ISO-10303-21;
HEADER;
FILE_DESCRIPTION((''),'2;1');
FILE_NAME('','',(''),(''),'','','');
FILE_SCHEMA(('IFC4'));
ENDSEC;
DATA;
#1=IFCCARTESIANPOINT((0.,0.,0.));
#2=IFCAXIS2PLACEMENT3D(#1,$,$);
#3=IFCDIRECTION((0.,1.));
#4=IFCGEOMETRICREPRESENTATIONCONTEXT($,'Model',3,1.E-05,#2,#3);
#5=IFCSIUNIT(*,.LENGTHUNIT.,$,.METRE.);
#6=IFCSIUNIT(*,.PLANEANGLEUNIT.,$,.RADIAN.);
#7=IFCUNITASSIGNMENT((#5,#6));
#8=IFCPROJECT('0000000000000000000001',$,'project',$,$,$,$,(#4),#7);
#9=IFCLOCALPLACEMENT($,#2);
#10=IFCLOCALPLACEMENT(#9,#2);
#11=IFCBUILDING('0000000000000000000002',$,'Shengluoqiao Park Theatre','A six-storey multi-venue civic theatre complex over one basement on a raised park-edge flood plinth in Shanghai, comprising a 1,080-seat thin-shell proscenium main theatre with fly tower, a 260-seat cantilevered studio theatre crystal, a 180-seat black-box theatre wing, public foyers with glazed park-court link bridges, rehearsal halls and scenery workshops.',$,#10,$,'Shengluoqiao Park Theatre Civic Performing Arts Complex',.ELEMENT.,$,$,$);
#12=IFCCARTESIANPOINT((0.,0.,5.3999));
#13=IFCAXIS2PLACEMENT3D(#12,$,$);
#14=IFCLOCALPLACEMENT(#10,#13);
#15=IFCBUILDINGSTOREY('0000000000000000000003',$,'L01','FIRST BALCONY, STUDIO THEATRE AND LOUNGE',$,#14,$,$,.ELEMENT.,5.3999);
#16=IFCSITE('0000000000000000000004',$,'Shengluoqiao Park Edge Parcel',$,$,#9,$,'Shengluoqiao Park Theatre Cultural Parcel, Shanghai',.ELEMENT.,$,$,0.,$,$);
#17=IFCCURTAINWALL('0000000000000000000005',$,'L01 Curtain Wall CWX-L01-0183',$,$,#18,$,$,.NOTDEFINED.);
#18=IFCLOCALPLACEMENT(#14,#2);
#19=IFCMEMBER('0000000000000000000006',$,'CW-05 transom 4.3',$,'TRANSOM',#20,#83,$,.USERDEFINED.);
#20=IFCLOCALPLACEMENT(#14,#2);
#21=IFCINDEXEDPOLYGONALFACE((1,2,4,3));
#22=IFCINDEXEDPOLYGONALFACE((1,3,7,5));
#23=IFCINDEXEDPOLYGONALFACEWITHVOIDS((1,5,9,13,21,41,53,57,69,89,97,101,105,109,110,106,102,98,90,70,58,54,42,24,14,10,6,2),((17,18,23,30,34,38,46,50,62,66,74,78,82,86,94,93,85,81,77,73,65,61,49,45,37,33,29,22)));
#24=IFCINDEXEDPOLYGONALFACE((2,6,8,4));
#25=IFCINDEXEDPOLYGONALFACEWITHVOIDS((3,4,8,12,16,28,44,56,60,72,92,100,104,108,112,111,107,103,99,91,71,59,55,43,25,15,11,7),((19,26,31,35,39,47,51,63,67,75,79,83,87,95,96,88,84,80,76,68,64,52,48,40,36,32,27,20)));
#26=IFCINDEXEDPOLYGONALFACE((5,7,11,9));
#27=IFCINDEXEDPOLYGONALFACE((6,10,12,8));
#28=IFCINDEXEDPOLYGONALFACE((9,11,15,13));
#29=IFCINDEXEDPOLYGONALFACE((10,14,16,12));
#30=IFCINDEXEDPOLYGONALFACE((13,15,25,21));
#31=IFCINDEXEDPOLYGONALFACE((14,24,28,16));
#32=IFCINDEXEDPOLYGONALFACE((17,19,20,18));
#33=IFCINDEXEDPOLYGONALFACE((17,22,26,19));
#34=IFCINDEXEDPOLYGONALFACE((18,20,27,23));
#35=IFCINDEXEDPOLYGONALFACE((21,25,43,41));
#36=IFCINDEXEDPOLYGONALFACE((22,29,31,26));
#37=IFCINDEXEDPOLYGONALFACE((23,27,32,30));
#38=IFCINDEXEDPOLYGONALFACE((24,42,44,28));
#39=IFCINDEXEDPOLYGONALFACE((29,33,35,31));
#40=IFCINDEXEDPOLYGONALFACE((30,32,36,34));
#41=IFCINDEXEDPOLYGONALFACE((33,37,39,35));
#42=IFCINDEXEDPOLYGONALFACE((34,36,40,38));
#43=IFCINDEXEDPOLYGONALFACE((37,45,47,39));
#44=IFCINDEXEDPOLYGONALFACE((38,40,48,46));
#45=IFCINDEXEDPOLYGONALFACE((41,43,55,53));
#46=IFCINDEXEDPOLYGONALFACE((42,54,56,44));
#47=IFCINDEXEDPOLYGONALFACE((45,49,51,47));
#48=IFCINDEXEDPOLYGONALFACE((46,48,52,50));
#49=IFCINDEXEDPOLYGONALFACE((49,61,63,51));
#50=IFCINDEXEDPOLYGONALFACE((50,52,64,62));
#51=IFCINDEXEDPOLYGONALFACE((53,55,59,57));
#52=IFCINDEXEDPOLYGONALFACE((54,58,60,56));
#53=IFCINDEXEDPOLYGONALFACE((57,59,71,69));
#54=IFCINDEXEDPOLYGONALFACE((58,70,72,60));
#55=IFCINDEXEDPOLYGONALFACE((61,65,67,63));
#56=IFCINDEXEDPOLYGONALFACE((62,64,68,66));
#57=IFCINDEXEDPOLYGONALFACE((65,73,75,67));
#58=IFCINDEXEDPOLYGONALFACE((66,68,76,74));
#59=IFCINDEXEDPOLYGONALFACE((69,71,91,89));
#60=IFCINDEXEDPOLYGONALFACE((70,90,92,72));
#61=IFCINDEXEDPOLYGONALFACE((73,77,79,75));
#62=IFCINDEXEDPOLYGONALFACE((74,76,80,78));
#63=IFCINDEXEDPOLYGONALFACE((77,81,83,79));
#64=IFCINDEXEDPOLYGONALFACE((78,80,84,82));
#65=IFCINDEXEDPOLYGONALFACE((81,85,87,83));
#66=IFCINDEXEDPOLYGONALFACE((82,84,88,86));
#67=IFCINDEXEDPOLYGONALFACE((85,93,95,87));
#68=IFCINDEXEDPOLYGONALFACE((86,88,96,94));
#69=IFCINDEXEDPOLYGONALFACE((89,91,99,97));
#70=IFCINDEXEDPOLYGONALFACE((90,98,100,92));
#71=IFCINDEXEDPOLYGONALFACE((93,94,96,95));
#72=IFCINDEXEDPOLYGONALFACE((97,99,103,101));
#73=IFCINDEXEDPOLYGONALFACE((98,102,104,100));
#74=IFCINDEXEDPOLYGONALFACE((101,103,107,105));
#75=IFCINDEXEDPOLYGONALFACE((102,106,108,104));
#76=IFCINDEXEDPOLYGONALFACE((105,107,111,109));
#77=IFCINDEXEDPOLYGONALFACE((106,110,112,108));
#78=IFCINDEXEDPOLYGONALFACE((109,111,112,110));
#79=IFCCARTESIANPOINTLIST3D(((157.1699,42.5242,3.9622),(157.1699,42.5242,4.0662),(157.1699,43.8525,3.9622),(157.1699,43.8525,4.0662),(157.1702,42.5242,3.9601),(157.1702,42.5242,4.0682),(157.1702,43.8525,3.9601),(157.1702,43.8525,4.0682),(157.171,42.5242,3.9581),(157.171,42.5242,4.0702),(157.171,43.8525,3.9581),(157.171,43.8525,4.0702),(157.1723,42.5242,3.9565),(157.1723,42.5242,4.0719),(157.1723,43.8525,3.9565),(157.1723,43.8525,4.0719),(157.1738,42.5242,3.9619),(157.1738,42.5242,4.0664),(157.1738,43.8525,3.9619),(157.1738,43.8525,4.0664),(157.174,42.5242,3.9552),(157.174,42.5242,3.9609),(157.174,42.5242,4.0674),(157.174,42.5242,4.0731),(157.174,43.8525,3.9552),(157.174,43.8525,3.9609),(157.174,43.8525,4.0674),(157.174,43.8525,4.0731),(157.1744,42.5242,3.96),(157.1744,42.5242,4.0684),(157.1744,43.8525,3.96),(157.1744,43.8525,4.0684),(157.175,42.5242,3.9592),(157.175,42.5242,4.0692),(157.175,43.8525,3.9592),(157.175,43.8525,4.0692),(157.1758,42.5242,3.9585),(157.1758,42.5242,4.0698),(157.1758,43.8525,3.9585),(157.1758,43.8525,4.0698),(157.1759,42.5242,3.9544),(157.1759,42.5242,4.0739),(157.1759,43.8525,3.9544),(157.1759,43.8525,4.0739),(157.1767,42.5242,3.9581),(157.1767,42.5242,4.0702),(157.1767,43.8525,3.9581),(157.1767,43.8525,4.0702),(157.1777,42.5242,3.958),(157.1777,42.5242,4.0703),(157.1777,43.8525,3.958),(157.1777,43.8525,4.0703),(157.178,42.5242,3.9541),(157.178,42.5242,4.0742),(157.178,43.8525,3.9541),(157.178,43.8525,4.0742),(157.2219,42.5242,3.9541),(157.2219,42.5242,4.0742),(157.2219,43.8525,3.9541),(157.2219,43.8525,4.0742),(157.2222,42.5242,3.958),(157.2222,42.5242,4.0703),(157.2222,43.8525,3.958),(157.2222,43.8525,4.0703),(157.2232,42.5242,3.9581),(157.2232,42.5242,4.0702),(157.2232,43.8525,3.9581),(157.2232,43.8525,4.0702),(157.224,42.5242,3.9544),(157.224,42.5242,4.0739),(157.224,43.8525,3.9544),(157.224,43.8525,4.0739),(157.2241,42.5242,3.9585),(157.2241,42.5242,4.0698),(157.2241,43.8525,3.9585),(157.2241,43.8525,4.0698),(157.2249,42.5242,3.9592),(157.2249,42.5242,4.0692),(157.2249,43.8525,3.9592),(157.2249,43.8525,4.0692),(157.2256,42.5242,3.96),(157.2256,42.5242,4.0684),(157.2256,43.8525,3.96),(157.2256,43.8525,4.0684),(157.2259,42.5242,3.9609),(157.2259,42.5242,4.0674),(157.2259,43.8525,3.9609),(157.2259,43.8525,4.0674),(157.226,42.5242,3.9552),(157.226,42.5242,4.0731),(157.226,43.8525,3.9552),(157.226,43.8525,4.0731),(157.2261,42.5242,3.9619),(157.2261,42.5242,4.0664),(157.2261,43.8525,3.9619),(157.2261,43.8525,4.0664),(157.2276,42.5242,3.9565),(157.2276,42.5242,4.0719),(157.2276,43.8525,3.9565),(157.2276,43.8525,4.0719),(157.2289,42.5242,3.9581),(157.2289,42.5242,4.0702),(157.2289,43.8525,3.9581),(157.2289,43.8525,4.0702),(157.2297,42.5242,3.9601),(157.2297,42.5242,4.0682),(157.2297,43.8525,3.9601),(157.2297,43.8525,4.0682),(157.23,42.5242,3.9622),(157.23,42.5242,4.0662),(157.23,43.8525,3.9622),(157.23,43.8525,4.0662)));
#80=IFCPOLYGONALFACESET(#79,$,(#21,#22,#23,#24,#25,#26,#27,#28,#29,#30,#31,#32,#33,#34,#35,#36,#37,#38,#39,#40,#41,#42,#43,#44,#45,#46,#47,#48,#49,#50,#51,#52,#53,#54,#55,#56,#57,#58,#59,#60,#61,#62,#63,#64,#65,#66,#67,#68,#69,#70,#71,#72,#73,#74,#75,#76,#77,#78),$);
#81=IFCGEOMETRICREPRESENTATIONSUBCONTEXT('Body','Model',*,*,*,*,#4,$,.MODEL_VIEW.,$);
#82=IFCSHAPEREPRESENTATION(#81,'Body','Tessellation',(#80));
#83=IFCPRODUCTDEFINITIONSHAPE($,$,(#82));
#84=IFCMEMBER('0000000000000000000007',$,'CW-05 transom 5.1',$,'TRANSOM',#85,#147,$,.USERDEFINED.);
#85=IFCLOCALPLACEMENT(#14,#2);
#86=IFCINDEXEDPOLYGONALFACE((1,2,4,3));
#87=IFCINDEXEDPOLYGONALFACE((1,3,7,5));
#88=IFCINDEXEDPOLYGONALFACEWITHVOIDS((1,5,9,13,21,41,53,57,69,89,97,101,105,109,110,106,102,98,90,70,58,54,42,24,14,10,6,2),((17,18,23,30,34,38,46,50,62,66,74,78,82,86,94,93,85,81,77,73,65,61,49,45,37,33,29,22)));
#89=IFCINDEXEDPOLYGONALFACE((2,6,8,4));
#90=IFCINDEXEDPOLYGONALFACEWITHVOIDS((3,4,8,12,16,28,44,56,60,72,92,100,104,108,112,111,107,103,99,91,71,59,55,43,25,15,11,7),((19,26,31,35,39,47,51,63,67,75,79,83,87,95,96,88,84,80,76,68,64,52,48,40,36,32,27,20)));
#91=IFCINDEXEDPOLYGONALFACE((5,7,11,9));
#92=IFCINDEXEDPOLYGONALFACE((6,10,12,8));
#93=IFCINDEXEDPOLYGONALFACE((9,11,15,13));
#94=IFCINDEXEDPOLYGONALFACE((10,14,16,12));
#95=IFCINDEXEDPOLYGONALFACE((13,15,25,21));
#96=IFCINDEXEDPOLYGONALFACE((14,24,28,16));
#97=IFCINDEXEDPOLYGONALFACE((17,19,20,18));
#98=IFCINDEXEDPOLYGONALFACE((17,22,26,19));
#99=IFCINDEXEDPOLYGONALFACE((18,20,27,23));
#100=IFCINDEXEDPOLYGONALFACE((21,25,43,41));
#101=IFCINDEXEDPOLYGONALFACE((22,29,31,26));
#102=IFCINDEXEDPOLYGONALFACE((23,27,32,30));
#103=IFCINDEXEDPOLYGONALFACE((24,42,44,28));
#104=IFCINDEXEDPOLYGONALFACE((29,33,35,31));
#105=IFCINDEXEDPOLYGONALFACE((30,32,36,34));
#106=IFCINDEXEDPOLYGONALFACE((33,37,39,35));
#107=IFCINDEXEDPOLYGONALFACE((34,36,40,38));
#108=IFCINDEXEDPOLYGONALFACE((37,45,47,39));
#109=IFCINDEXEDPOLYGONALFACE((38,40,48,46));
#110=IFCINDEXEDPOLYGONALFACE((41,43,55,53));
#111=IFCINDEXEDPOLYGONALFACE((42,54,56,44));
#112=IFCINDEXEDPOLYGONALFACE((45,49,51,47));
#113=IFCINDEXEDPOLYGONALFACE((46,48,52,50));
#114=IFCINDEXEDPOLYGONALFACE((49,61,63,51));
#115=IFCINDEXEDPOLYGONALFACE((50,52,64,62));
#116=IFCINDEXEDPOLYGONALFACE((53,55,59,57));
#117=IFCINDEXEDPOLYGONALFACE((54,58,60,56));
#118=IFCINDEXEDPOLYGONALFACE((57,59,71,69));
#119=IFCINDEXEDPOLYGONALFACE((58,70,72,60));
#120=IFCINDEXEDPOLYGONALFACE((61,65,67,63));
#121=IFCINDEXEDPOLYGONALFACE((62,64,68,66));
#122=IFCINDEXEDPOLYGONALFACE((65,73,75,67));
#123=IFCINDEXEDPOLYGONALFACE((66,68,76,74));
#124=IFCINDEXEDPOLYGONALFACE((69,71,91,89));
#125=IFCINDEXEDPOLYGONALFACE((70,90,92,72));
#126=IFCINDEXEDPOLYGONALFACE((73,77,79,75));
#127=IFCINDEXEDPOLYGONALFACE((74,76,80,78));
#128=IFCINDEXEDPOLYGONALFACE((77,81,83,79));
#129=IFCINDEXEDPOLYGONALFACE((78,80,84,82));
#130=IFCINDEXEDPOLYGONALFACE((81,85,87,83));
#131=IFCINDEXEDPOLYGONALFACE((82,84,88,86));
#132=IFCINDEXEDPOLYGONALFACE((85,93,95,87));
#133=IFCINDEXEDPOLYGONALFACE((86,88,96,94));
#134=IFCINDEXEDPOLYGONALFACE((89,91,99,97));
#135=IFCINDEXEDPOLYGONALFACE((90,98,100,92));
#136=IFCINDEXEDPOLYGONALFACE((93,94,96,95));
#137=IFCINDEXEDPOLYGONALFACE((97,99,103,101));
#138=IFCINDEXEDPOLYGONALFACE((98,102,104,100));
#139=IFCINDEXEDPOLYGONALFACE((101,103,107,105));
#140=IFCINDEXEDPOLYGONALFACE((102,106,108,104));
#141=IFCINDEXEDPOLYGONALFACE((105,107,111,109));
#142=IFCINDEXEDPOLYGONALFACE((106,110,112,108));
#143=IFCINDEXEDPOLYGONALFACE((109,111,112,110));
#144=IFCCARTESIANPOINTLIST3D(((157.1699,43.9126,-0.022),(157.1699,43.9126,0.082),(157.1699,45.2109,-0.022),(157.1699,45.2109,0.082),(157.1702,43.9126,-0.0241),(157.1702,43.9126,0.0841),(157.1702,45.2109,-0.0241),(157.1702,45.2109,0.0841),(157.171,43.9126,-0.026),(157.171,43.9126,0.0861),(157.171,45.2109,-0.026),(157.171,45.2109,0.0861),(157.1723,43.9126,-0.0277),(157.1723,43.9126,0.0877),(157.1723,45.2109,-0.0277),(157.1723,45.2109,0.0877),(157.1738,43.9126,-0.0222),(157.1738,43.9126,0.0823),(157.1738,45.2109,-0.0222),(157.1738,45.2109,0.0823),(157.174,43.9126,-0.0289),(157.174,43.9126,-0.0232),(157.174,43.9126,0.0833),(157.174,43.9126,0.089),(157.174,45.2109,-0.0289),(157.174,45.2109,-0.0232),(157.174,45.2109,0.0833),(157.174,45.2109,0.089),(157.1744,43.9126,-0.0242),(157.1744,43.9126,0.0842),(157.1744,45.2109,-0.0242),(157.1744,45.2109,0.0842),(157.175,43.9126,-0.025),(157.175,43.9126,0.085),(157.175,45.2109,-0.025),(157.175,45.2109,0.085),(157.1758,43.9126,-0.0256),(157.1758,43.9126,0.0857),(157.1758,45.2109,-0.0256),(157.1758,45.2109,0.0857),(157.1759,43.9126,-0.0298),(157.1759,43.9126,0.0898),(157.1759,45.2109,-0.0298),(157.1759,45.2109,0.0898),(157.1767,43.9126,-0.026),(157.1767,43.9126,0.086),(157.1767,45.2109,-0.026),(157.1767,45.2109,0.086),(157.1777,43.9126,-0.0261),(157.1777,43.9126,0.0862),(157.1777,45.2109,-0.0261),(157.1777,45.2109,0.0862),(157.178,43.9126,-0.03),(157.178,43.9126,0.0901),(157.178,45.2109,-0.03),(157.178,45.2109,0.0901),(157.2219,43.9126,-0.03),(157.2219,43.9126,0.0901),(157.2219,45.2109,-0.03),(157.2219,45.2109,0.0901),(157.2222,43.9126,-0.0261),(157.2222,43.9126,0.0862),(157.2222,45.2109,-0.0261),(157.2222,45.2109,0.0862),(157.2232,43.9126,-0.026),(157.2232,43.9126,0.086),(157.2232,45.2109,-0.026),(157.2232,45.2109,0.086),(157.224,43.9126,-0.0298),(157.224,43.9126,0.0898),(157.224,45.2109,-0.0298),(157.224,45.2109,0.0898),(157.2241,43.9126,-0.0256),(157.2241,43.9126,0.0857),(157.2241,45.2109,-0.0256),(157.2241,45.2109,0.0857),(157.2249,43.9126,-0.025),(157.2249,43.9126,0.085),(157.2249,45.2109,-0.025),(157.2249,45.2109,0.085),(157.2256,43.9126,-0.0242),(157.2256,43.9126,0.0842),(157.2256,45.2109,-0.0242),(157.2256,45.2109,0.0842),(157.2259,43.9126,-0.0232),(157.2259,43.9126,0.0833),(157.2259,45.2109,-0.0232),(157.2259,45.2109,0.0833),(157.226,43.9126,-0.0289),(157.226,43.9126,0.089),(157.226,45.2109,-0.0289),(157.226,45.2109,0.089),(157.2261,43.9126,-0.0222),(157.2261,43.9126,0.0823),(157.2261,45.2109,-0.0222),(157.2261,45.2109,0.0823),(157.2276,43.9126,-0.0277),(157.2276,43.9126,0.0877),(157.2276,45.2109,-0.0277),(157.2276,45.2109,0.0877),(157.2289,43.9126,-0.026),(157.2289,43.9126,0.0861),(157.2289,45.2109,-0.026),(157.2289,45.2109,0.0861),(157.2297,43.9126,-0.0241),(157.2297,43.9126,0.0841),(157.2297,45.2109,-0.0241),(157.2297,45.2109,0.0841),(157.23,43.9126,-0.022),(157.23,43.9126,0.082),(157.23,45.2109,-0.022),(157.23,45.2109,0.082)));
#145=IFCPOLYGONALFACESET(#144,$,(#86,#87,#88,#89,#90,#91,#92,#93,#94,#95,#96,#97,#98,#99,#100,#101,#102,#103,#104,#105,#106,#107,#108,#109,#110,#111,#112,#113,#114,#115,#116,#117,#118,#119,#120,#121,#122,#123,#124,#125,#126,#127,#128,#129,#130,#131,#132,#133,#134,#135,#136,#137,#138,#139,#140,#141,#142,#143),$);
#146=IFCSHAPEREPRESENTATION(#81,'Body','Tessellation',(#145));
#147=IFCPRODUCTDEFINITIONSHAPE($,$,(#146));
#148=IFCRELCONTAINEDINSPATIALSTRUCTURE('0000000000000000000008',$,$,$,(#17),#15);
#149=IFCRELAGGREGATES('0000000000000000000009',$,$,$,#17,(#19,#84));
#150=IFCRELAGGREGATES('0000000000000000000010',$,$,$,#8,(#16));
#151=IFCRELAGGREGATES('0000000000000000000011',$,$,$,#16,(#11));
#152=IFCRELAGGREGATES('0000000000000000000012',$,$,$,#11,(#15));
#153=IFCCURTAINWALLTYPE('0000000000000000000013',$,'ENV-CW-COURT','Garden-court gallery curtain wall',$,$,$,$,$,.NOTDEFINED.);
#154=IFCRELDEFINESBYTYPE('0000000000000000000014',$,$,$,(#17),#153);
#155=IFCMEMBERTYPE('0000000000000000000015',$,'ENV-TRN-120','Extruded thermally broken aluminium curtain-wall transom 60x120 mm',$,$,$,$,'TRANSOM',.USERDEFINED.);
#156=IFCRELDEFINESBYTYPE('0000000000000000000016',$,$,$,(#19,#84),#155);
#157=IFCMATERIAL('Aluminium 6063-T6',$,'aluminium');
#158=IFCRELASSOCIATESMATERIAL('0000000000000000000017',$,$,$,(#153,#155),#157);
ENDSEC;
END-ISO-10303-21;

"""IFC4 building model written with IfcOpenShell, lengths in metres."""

from ifc_helpers import new_model, si_unit, direction, frame, origin, origin_2d, place, context, subcontext, project, spatial, hollow_rectangle, extrude, material, material_profile, profile_set, type_object, element, aggregate, save


model = new_model("IFC4")

# Units and contexts
model_context = context("Model", 3, precision=1e-05, world=origin(), true_north=direction((0.0, 1.0)))
body_context = subcontext(model_context, "Body", "Model", "MODEL_VIEW")
ifc_project = project(units=[si_unit("LENGTHUNIT", "METRE"), si_unit("PLANEANGLEUNIT", "RADIAN")], contexts=[model_context])

# Site, building, storey
site_placement = place(None, origin())
site = spatial("IfcSite", under=ifc_project, at=site_placement, Name="Shengluoqiao Park Edge Parcel", LongName="Shengluoqiao Park Theatre Cultural Parcel, Shanghai", CompositionType="ELEMENT", RefElevation=0.0)
building_placement = place(site_placement, origin())
building = spatial("IfcBuilding", under=site, at=building_placement, Name="Shengluoqiao Park Theatre", Description="A six-storey multi-venue civic theatre complex over one basement on a raised park-edge flood plinth in Shanghai, comprising a 1,080-seat thin-shell proscenium main theatre with fly tower, a 260-seat cantilevered studio theatre crystal, a 180-seat black-box theatre wing, public foyers with glazed park-court link bridges, rehearsal halls and scenery workshops.", LongName="Shengluoqiao Park Theatre Civic Performing Arts Complex", CompositionType="ELEMENT")
storey_placement = place(building_placement, frame((0.0, 0.0, 5.3999)))
storey = spatial("IfcBuildingStorey", under=building, at=storey_placement, Name="L01", Description="FIRST BALCONY, STUDIO THEATRE AND LOUNGE", CompositionType="ELEMENT", Elevation=5.3999)

# Curtain wall
ifc_material_1 = material(Name="Aluminium 6063-T6", Category="aluminium")
curtain_wall_type = type_object("IfcCurtainWallType", Name="ENV-CW-COURT", Description="Garden-court gallery curtain wall", PredefinedType="NOTDEFINED", material=ifc_material_1)
curtain_wall_1_placement = place(storey_placement, origin())
curtain_wall_1 = element("IfcCurtainWall", 1, at=curtain_wall_1_placement, inside=storey, type_object=curtain_wall_type, Name="L01 Curtain Wall CWX-L01-0183", PredefinedType="NOTDEFINED")

# Members
ifc_material_profile_1 = material_profile(ifc_material_1, hollow_rectangle(XDim=0.0601, YDim=0.1201, WallThickness=0.0039, InnerFilletRadius=0.0039, OuterFilletRadius=0.0081, at=origin_2d()), Name="ALU TRANSOM 120x60x4")
ifc_profile_set_1 = profile_set([ifc_material_profile_1], Name="Aluminium 6063-T6")
member_type_1 = type_object("IfcMemberType", Name="ENV-TRN-120", Description="Extruded thermally broken aluminium curtain-wall transom 60x120 mm", ElementType="TRANSOM", PredefinedType="USERDEFINED", material=ifc_profile_set_1)
member_1_placement = place(storey_placement, frame((157.2, 42.5242, 4.0142), z_axis=(0.0, 1.0, 0.0), x_axis=(-1.0, 0.0, 0.0)))
member_1 = element("IfcMember", 2, at=member_1_placement, type_object=member_type_1, Name="CW-05 transom 4.3", ObjectType="TRANSOM", PredefinedType="USERDEFINED", context=body_context, shape_type="SweptSolid", body=[
    extrude(hollow_rectangle(XDim=0.0601, YDim=0.1201, WallThickness=0.0039, InnerFilletRadius=0.0039, OuterFilletRadius=0.0081, at=origin_2d()), origin(), (0.0, 0.0, 1.0), 1.3284),
])
member_2_placement = place(storey_placement, frame((157.2, 43.9126, 0.03), z_axis=(0.0, 1.0, 0.0), x_axis=(-1.0, 0.0, 0.0)))
member_2 = element("IfcMember", 3, at=member_2_placement, type_object=member_type_1, Name="CW-05 transom 5.1", ObjectType="TRANSOM", PredefinedType="USERDEFINED", context=body_context, shape_type="SweptSolid", body=[
    extrude(hollow_rectangle(XDim=0.0601, YDim=0.1201, WallThickness=0.0039, InnerFilletRadius=0.0039, OuterFilletRadius=0.0081, at=origin_2d()), origin(), (0.0, 0.0, 1.0), 1.2983),
])

aggregate(curtain_wall_1, [member_1, member_2])

save(model, "model.ifc")
